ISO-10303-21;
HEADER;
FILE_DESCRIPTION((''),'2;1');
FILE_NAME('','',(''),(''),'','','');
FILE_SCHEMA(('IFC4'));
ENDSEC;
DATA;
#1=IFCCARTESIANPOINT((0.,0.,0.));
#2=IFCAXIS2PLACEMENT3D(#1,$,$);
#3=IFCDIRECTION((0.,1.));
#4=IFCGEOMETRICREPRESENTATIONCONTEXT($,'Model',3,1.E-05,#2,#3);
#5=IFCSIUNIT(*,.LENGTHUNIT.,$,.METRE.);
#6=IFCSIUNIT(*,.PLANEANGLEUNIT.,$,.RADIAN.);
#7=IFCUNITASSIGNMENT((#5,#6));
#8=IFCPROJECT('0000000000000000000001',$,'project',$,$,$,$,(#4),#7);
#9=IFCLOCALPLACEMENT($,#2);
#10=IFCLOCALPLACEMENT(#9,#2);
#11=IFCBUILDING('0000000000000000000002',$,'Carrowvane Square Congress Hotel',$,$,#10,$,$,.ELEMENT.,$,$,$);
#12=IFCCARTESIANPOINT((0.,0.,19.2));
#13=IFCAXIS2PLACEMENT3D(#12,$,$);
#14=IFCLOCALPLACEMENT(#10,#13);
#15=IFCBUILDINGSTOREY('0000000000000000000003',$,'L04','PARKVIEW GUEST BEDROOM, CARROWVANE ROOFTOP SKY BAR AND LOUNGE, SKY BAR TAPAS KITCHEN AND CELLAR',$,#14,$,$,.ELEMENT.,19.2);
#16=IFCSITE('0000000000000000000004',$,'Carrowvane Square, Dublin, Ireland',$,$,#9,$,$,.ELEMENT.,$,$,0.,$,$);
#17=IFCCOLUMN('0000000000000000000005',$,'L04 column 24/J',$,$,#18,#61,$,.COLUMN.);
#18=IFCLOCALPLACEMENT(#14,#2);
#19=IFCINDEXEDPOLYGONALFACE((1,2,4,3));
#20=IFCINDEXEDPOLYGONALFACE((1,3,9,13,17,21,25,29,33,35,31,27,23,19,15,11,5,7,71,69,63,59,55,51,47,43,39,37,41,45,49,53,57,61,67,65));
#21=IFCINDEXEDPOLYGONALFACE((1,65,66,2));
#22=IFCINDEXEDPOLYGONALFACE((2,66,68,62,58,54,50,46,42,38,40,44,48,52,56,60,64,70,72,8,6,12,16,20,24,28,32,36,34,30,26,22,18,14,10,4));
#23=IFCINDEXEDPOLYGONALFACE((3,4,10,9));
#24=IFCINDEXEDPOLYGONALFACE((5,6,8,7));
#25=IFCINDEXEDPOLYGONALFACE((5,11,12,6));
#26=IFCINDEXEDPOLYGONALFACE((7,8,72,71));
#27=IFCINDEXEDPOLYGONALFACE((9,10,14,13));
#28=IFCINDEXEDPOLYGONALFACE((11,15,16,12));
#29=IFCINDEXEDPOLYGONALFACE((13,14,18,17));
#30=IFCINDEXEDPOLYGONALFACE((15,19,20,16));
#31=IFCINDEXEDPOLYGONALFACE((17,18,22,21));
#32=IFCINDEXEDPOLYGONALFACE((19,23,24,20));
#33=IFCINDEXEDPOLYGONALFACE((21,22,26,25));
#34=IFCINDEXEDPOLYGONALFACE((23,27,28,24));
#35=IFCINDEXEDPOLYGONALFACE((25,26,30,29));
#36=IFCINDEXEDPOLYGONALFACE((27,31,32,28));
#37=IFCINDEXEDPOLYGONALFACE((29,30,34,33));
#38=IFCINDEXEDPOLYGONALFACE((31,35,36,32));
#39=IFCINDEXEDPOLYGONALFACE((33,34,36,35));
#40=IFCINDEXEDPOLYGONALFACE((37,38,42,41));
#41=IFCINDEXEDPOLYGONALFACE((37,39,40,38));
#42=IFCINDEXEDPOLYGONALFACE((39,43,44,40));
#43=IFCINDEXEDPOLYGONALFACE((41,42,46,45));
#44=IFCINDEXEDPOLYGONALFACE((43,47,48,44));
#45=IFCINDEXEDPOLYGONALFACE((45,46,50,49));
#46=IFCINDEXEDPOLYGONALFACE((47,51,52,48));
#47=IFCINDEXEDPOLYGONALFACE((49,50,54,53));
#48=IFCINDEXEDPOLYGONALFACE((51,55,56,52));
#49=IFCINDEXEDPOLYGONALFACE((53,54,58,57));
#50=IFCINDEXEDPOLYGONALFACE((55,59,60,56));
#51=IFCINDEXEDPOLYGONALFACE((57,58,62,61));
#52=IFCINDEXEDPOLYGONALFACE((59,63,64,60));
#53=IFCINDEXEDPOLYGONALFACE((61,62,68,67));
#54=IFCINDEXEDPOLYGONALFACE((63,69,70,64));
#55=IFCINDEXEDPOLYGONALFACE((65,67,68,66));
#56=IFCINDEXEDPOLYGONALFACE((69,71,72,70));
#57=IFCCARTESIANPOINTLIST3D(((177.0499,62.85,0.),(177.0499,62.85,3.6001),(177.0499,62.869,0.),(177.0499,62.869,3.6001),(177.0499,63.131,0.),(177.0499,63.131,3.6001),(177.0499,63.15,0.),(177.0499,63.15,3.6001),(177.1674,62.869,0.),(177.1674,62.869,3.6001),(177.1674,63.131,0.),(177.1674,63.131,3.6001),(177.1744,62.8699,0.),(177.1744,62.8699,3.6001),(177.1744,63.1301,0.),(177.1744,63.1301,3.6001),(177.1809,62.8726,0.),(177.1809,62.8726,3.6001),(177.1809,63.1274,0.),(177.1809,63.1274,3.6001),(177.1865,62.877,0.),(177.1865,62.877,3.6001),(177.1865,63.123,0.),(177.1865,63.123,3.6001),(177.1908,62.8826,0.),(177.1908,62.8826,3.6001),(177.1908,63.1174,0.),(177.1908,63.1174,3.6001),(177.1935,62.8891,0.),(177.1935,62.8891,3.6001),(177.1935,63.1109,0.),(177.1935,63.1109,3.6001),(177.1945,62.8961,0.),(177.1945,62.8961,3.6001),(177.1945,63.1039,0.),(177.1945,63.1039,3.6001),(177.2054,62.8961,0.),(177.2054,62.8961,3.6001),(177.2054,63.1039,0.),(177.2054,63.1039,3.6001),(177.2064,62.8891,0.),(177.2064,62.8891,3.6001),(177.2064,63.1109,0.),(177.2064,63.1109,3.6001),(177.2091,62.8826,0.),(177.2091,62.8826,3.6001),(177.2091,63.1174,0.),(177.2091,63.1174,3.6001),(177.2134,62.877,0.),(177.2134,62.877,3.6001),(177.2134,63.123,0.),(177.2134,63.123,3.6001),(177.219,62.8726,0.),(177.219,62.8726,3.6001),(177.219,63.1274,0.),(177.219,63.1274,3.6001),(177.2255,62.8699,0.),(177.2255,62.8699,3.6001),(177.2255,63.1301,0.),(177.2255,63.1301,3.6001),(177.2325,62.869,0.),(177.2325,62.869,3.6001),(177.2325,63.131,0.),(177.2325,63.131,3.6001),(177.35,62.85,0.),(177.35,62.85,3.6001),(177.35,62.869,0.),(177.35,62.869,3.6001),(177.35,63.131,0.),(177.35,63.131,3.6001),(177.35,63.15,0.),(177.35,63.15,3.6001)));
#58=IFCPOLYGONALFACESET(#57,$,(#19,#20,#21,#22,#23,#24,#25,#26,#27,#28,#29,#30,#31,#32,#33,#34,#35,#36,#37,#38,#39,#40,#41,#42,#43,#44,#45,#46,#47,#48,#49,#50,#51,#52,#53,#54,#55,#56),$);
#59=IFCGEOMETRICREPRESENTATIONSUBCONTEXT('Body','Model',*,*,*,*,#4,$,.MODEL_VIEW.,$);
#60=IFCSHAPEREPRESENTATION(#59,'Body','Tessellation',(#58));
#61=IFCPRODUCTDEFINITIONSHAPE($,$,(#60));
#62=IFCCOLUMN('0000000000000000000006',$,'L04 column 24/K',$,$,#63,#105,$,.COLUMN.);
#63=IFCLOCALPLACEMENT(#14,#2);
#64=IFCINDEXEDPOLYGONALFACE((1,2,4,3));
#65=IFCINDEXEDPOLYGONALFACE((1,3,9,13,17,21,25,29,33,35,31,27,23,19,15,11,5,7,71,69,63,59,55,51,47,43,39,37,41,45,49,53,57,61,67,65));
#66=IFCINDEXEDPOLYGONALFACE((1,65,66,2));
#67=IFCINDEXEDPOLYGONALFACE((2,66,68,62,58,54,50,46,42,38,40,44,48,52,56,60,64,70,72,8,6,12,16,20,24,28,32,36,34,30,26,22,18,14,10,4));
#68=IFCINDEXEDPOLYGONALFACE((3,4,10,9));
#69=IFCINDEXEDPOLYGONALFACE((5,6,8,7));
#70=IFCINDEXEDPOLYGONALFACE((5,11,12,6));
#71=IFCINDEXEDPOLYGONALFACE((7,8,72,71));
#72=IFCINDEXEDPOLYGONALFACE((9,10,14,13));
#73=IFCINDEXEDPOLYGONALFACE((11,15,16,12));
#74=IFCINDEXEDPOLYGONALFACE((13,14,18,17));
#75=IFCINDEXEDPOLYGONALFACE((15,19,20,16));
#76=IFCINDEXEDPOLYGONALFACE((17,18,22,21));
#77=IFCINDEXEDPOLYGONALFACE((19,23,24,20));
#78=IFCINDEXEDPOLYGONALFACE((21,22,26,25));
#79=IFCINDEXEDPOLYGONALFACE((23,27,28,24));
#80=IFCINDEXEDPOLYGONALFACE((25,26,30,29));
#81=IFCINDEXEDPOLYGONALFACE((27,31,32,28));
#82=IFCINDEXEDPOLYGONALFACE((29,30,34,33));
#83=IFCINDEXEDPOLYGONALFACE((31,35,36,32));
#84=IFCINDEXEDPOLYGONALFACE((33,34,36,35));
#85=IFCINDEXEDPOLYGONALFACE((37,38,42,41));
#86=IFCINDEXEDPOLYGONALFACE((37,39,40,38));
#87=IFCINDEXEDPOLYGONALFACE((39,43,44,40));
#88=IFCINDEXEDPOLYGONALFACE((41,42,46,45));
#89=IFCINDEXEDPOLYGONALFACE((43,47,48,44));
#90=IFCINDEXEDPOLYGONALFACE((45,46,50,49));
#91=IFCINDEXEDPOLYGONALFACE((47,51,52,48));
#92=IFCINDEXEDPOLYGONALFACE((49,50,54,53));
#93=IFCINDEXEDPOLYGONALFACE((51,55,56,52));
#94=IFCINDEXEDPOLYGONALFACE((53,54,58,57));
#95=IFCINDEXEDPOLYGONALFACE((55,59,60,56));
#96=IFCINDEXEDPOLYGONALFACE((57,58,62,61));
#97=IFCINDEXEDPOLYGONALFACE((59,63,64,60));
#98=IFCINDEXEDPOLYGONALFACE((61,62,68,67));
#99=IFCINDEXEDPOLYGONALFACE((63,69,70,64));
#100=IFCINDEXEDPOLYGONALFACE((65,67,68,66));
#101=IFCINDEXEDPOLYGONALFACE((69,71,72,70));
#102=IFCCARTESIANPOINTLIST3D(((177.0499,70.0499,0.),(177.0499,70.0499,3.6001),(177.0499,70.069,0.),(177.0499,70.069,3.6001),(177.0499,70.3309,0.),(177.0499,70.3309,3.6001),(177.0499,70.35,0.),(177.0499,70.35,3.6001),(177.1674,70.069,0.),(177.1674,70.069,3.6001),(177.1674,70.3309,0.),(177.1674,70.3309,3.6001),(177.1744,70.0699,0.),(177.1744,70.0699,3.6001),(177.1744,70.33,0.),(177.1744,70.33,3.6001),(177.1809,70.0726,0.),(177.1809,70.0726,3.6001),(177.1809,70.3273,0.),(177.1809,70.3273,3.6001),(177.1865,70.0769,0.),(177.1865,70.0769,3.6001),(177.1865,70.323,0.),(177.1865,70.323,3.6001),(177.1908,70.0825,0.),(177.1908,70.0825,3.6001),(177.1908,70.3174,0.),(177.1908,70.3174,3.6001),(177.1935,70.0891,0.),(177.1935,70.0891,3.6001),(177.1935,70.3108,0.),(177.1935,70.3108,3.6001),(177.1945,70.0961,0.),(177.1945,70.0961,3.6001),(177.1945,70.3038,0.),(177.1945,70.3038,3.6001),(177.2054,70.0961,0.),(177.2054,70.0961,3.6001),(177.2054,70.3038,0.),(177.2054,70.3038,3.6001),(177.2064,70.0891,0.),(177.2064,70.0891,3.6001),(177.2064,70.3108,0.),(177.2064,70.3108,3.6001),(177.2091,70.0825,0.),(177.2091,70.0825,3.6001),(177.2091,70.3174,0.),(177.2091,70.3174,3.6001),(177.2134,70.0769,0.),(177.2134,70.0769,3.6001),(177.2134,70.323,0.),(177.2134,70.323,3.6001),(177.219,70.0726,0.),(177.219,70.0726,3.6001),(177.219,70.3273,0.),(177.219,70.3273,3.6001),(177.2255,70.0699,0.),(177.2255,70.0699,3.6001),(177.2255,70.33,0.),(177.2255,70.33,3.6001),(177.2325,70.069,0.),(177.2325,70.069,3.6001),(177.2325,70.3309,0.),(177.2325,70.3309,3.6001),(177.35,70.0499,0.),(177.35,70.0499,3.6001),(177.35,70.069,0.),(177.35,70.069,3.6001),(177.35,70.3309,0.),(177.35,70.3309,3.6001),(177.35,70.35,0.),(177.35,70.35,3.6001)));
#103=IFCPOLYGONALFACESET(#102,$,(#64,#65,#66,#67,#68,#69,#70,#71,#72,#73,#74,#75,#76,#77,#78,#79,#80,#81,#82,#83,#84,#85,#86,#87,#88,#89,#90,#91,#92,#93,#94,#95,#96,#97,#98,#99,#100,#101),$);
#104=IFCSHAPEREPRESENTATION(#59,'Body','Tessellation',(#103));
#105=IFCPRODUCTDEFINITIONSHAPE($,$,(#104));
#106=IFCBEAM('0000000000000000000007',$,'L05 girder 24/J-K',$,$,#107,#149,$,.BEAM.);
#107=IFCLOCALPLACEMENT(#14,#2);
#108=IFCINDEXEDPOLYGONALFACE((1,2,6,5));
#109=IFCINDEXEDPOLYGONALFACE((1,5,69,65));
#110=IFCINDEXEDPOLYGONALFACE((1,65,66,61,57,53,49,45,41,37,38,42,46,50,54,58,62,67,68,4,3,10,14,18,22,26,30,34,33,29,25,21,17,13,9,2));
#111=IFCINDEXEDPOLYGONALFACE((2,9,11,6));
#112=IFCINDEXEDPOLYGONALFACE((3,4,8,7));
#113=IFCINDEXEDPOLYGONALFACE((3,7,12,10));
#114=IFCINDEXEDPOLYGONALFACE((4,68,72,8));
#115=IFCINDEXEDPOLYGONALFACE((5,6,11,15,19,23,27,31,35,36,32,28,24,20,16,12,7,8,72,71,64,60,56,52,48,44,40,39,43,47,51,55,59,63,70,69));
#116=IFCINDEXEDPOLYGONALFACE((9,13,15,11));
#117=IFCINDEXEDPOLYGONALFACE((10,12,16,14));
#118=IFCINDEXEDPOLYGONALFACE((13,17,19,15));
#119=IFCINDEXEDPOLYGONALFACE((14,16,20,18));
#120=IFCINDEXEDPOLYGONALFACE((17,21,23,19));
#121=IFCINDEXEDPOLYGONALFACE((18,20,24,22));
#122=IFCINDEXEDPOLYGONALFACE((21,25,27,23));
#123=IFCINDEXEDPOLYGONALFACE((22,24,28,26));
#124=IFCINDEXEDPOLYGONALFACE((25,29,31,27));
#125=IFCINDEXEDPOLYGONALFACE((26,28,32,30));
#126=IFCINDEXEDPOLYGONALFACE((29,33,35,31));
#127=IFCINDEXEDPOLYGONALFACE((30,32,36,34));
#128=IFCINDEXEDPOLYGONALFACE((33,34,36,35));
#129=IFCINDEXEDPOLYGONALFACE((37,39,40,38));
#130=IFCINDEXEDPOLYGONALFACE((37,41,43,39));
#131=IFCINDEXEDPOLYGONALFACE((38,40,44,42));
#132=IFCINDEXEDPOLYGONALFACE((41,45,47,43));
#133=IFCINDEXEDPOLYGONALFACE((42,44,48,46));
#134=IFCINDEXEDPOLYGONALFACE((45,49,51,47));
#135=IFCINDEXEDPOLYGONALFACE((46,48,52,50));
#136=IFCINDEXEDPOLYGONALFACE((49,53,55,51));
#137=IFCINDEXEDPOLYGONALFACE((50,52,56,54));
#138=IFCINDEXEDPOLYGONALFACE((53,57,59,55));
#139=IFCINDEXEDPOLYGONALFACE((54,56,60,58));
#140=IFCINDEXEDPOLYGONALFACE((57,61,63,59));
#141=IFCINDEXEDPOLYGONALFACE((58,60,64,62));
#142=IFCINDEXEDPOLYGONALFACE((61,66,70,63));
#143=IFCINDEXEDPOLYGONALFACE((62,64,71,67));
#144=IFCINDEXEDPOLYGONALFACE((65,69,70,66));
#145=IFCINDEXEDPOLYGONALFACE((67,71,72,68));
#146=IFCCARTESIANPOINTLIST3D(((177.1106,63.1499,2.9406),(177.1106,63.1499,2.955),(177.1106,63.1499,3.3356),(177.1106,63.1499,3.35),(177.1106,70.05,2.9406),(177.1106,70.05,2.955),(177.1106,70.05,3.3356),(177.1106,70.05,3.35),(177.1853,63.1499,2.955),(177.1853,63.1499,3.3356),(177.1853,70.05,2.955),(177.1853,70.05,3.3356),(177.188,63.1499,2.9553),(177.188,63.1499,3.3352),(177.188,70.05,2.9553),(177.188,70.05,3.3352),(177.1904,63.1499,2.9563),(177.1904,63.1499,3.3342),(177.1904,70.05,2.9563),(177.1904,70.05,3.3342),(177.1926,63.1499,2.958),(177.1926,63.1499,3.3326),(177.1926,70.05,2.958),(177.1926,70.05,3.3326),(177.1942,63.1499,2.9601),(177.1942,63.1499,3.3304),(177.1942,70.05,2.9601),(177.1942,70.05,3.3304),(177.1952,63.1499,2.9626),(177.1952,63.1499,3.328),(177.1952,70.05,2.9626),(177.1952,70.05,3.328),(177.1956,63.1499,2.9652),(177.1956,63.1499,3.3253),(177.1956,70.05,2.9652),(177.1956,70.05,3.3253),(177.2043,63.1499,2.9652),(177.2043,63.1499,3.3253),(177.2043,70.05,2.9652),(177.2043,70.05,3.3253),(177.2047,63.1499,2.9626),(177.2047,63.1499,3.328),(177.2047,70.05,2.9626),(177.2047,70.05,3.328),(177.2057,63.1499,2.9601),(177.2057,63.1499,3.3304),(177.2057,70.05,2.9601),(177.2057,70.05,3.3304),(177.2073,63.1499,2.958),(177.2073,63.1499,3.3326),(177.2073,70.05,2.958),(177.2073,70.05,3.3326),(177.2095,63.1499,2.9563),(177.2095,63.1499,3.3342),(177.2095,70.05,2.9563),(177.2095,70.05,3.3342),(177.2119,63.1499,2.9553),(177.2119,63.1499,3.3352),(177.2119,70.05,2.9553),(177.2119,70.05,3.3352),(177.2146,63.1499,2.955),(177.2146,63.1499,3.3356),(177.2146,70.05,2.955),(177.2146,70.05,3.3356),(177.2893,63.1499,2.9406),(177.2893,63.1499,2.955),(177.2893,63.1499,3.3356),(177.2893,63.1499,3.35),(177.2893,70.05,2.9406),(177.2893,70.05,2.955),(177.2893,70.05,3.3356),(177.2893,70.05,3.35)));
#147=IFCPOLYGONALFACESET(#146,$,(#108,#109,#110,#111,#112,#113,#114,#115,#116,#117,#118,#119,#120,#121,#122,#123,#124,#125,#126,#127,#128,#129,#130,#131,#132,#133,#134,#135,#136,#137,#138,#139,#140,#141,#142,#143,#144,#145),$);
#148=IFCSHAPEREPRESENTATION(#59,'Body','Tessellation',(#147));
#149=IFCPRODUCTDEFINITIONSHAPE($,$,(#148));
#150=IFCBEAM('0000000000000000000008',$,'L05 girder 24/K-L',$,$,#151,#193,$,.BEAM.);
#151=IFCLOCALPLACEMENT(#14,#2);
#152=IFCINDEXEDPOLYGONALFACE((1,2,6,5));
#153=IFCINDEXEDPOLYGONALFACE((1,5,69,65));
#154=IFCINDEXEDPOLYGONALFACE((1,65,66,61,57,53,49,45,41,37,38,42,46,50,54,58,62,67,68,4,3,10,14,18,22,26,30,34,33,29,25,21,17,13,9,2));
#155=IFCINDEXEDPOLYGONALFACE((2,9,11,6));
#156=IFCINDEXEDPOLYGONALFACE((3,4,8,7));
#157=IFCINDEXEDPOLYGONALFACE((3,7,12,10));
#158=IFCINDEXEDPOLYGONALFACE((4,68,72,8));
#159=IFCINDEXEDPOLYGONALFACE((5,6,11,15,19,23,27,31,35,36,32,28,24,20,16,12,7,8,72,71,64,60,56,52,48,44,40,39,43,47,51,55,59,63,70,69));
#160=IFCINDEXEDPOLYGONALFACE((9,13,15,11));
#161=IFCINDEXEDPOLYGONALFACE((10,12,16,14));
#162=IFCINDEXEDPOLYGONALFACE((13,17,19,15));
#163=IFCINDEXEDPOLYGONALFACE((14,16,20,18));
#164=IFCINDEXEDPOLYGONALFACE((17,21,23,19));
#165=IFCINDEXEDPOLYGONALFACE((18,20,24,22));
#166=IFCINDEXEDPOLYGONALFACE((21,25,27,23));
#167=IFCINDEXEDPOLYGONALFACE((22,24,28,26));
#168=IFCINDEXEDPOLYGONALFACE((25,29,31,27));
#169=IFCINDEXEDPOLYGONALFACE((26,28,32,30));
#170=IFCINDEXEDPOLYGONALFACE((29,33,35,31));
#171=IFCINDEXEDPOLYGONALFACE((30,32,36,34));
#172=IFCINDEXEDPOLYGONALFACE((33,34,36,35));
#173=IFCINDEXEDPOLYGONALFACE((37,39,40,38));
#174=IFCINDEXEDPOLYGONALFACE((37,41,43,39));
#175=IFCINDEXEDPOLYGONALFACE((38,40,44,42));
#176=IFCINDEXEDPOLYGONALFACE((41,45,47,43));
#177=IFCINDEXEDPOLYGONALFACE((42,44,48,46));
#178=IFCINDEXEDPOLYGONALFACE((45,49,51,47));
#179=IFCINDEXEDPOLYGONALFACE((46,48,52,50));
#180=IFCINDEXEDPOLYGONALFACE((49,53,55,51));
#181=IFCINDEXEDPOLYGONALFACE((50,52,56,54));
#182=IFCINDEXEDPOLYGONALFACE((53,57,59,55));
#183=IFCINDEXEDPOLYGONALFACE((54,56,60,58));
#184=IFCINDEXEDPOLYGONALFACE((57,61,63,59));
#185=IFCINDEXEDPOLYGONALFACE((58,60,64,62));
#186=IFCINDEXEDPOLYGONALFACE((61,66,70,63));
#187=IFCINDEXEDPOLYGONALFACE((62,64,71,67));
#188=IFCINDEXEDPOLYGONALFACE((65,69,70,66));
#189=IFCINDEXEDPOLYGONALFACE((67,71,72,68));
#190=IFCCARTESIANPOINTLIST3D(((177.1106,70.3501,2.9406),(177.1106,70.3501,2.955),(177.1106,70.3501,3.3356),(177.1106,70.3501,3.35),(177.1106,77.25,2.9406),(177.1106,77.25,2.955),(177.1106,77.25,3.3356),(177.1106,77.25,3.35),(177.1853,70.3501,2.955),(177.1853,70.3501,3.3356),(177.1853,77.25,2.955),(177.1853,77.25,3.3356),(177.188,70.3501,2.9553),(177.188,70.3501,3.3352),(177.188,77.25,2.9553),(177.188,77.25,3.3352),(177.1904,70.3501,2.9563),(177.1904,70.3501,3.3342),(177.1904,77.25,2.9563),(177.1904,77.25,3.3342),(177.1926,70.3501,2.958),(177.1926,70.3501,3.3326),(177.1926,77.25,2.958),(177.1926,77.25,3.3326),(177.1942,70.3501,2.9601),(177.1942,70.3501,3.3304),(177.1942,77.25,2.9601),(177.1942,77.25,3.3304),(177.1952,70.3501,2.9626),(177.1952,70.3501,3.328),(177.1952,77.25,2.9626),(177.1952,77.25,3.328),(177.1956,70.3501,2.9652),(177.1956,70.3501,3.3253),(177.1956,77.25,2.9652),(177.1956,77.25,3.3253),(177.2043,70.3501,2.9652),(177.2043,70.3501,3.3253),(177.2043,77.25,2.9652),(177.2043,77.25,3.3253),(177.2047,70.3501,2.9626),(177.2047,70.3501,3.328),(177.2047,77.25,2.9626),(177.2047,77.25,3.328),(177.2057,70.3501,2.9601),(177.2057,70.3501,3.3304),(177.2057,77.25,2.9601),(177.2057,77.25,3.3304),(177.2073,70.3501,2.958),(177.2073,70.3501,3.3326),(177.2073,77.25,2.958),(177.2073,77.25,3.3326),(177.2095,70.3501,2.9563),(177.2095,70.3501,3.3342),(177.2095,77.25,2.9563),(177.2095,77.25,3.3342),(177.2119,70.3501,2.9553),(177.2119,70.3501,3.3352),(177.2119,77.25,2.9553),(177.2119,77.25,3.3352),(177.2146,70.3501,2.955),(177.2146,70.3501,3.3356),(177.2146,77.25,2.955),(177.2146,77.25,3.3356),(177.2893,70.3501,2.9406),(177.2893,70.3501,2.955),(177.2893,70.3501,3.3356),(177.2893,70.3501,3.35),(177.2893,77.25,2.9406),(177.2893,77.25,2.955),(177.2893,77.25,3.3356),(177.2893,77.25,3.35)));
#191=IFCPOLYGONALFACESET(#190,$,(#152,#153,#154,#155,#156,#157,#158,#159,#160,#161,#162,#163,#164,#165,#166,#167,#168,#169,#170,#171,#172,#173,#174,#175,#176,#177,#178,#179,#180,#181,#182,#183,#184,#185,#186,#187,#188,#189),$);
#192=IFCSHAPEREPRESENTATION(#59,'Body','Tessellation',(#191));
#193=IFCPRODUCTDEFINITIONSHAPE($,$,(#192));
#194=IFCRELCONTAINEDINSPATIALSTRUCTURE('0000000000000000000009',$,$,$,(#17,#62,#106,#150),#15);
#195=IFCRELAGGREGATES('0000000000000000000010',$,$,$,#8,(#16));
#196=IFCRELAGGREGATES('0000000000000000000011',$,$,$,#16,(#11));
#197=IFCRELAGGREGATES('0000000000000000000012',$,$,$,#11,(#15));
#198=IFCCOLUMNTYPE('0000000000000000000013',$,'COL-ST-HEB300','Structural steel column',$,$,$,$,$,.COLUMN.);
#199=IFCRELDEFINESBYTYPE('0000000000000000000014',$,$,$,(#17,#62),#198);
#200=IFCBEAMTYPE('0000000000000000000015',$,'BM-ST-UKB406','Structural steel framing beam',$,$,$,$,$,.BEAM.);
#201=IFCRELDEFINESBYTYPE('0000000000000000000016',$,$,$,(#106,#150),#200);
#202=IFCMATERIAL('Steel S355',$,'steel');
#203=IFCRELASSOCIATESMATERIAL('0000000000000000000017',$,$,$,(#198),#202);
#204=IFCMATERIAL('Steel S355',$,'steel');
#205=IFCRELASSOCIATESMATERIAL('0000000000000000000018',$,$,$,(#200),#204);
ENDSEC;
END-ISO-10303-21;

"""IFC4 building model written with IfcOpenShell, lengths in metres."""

from ifc_helpers import new_model, si_unit, direction, frame, origin, origin_2d, place, context, subcontext, project, spatial, i_section, extrude, material, material_profile, profile_set, type_object, element, save


model = new_model("IFC4")

# Units and contexts
model_context = context("Model", 3, precision=1e-05, world=origin(), true_north=direction((0.0, 1.0)))
body_context = subcontext(model_context, "Body", "Model", "MODEL_VIEW")
ifc_project = project(units=[si_unit("LENGTHUNIT", "METRE"), si_unit("PLANEANGLEUNIT", "RADIAN")], contexts=[model_context])

# Site, building, storey
site_placement = place(None, origin())
site = spatial("IfcSite", under=ifc_project, at=site_placement, Name="Carrowvane Square, Dublin, Ireland", CompositionType="ELEMENT", RefElevation=0.0)
building_placement = place(site_placement, origin())
building = spatial("IfcBuilding", under=site, at=building_placement, Name="Carrowvane Square Congress Hotel", CompositionType="ELEMENT")
storey_placement = place(building_placement, frame((0.0, 0.0, 19.2)))
storey = spatial("IfcBuildingStorey", under=building, at=storey_placement, Name="L04", Description="PARKVIEW GUEST BEDROOM, CARROWVANE ROOFTOP SKY BAR AND LOUNGE, SKY BAR TAPAS KITCHEN AND CELLAR", CompositionType="ELEMENT", Elevation=19.2)

# Columns
ifc_material_1 = material(Name="Steel S355", Category="steel")
ifc_material_profile_1 = material_profile(ifc_material_1, i_section(OverallWidth=0.3, OverallDepth=0.3, WebThickness=0.011, FlangeThickness=0.019, FilletRadius=0.0271, at=origin_2d()), Name="HEB 300")
ifc_profile_set_1 = profile_set([ifc_material_profile_1], Name="Steel S355")
column_type = type_object("IfcColumnType", Name="COL-ST-HEB300", Description="Structural steel column", PredefinedType="COLUMN", material=ifc_profile_set_1)
for number, where, z_axis, x_axis, name in (
    (1, (177.2, 63.0, 0.0), (0.0, 0.0, 1.0), (1.0, 0.0, 0.0), "L04 column 24/J"),
    (2, (177.2, 70.2, 0.0), (0.0, 0.0, 1.0), (1.0, 0.0, 0.0), "L04 column 24/K"),
):
    element("IfcColumn", number, at=place(storey_placement, frame(where, z_axis=z_axis, x_axis=x_axis)), inside=storey, type_object=column_type, Name=name, PredefinedType="COLUMN", context=body_context, shape_type="SweptSolid", body=[
        extrude(i_section(OverallWidth=0.3, OverallDepth=0.3, WebThickness=0.011, FlangeThickness=0.019, FilletRadius=0.0271, at=origin_2d()), origin(), (0.0, 0.0, 1.0), 3.6001),
    ])

# Beams
ifc_material_2 = material(Name="Steel S355", Category="steel")
ifc_material_profile_2 = material_profile(ifc_material_2, i_section(OverallWidth=0.1787, OverallDepth=0.4094, WebThickness=0.0088, FlangeThickness=0.0144, FilletRadius=0.0103, at=origin_2d()), Name="UKB 406x178x67")
ifc_profile_set_2 = profile_set([ifc_material_profile_2], Name="Steel S355")
beam_type = type_object("IfcBeamType", Name="BM-ST-UKB406", Description="Structural steel framing beam", PredefinedType="BEAM", material=ifc_profile_set_2)
beam_1_placement = place(storey_placement, frame((177.2, 63.1499, 3.1453), z_axis=(0.0, 1.0, 0.0), x_axis=(-1.0, 0.0, 0.0)))
element("IfcBeam", 3, at=beam_1_placement, inside=storey, type_object=beam_type, Name="L05 girder 24/J-K", PredefinedType="BEAM", context=body_context, shape_type="SweptSolid", body=[
    extrude(i_section(OverallWidth=0.1787, OverallDepth=0.4094, WebThickness=0.0088, FlangeThickness=0.0144, FilletRadius=0.0103, at=origin_2d()), origin(), (0.0, 0.0, 1.0), 6.9001),
])
beam_2_placement = place(storey_placement, frame((177.2, 70.3501, 3.1453), z_axis=(0.0, 1.0, 0.0), x_axis=(-1.0, 0.0, 0.0)))
element("IfcBeam", 4, at=beam_2_placement, inside=storey, type_object=beam_type, Name="L05 girder 24/K-L", PredefinedType="BEAM", context=body_context, shape_type="SweptSolid", body=[
    extrude(i_section(OverallWidth=0.1787, OverallDepth=0.4094, WebThickness=0.0088, FlangeThickness=0.0144, FilletRadius=0.0103, at=origin_2d()), origin(), (0.0, 0.0, 1.0), 6.8999),
])

save(model, "model.ifc")
